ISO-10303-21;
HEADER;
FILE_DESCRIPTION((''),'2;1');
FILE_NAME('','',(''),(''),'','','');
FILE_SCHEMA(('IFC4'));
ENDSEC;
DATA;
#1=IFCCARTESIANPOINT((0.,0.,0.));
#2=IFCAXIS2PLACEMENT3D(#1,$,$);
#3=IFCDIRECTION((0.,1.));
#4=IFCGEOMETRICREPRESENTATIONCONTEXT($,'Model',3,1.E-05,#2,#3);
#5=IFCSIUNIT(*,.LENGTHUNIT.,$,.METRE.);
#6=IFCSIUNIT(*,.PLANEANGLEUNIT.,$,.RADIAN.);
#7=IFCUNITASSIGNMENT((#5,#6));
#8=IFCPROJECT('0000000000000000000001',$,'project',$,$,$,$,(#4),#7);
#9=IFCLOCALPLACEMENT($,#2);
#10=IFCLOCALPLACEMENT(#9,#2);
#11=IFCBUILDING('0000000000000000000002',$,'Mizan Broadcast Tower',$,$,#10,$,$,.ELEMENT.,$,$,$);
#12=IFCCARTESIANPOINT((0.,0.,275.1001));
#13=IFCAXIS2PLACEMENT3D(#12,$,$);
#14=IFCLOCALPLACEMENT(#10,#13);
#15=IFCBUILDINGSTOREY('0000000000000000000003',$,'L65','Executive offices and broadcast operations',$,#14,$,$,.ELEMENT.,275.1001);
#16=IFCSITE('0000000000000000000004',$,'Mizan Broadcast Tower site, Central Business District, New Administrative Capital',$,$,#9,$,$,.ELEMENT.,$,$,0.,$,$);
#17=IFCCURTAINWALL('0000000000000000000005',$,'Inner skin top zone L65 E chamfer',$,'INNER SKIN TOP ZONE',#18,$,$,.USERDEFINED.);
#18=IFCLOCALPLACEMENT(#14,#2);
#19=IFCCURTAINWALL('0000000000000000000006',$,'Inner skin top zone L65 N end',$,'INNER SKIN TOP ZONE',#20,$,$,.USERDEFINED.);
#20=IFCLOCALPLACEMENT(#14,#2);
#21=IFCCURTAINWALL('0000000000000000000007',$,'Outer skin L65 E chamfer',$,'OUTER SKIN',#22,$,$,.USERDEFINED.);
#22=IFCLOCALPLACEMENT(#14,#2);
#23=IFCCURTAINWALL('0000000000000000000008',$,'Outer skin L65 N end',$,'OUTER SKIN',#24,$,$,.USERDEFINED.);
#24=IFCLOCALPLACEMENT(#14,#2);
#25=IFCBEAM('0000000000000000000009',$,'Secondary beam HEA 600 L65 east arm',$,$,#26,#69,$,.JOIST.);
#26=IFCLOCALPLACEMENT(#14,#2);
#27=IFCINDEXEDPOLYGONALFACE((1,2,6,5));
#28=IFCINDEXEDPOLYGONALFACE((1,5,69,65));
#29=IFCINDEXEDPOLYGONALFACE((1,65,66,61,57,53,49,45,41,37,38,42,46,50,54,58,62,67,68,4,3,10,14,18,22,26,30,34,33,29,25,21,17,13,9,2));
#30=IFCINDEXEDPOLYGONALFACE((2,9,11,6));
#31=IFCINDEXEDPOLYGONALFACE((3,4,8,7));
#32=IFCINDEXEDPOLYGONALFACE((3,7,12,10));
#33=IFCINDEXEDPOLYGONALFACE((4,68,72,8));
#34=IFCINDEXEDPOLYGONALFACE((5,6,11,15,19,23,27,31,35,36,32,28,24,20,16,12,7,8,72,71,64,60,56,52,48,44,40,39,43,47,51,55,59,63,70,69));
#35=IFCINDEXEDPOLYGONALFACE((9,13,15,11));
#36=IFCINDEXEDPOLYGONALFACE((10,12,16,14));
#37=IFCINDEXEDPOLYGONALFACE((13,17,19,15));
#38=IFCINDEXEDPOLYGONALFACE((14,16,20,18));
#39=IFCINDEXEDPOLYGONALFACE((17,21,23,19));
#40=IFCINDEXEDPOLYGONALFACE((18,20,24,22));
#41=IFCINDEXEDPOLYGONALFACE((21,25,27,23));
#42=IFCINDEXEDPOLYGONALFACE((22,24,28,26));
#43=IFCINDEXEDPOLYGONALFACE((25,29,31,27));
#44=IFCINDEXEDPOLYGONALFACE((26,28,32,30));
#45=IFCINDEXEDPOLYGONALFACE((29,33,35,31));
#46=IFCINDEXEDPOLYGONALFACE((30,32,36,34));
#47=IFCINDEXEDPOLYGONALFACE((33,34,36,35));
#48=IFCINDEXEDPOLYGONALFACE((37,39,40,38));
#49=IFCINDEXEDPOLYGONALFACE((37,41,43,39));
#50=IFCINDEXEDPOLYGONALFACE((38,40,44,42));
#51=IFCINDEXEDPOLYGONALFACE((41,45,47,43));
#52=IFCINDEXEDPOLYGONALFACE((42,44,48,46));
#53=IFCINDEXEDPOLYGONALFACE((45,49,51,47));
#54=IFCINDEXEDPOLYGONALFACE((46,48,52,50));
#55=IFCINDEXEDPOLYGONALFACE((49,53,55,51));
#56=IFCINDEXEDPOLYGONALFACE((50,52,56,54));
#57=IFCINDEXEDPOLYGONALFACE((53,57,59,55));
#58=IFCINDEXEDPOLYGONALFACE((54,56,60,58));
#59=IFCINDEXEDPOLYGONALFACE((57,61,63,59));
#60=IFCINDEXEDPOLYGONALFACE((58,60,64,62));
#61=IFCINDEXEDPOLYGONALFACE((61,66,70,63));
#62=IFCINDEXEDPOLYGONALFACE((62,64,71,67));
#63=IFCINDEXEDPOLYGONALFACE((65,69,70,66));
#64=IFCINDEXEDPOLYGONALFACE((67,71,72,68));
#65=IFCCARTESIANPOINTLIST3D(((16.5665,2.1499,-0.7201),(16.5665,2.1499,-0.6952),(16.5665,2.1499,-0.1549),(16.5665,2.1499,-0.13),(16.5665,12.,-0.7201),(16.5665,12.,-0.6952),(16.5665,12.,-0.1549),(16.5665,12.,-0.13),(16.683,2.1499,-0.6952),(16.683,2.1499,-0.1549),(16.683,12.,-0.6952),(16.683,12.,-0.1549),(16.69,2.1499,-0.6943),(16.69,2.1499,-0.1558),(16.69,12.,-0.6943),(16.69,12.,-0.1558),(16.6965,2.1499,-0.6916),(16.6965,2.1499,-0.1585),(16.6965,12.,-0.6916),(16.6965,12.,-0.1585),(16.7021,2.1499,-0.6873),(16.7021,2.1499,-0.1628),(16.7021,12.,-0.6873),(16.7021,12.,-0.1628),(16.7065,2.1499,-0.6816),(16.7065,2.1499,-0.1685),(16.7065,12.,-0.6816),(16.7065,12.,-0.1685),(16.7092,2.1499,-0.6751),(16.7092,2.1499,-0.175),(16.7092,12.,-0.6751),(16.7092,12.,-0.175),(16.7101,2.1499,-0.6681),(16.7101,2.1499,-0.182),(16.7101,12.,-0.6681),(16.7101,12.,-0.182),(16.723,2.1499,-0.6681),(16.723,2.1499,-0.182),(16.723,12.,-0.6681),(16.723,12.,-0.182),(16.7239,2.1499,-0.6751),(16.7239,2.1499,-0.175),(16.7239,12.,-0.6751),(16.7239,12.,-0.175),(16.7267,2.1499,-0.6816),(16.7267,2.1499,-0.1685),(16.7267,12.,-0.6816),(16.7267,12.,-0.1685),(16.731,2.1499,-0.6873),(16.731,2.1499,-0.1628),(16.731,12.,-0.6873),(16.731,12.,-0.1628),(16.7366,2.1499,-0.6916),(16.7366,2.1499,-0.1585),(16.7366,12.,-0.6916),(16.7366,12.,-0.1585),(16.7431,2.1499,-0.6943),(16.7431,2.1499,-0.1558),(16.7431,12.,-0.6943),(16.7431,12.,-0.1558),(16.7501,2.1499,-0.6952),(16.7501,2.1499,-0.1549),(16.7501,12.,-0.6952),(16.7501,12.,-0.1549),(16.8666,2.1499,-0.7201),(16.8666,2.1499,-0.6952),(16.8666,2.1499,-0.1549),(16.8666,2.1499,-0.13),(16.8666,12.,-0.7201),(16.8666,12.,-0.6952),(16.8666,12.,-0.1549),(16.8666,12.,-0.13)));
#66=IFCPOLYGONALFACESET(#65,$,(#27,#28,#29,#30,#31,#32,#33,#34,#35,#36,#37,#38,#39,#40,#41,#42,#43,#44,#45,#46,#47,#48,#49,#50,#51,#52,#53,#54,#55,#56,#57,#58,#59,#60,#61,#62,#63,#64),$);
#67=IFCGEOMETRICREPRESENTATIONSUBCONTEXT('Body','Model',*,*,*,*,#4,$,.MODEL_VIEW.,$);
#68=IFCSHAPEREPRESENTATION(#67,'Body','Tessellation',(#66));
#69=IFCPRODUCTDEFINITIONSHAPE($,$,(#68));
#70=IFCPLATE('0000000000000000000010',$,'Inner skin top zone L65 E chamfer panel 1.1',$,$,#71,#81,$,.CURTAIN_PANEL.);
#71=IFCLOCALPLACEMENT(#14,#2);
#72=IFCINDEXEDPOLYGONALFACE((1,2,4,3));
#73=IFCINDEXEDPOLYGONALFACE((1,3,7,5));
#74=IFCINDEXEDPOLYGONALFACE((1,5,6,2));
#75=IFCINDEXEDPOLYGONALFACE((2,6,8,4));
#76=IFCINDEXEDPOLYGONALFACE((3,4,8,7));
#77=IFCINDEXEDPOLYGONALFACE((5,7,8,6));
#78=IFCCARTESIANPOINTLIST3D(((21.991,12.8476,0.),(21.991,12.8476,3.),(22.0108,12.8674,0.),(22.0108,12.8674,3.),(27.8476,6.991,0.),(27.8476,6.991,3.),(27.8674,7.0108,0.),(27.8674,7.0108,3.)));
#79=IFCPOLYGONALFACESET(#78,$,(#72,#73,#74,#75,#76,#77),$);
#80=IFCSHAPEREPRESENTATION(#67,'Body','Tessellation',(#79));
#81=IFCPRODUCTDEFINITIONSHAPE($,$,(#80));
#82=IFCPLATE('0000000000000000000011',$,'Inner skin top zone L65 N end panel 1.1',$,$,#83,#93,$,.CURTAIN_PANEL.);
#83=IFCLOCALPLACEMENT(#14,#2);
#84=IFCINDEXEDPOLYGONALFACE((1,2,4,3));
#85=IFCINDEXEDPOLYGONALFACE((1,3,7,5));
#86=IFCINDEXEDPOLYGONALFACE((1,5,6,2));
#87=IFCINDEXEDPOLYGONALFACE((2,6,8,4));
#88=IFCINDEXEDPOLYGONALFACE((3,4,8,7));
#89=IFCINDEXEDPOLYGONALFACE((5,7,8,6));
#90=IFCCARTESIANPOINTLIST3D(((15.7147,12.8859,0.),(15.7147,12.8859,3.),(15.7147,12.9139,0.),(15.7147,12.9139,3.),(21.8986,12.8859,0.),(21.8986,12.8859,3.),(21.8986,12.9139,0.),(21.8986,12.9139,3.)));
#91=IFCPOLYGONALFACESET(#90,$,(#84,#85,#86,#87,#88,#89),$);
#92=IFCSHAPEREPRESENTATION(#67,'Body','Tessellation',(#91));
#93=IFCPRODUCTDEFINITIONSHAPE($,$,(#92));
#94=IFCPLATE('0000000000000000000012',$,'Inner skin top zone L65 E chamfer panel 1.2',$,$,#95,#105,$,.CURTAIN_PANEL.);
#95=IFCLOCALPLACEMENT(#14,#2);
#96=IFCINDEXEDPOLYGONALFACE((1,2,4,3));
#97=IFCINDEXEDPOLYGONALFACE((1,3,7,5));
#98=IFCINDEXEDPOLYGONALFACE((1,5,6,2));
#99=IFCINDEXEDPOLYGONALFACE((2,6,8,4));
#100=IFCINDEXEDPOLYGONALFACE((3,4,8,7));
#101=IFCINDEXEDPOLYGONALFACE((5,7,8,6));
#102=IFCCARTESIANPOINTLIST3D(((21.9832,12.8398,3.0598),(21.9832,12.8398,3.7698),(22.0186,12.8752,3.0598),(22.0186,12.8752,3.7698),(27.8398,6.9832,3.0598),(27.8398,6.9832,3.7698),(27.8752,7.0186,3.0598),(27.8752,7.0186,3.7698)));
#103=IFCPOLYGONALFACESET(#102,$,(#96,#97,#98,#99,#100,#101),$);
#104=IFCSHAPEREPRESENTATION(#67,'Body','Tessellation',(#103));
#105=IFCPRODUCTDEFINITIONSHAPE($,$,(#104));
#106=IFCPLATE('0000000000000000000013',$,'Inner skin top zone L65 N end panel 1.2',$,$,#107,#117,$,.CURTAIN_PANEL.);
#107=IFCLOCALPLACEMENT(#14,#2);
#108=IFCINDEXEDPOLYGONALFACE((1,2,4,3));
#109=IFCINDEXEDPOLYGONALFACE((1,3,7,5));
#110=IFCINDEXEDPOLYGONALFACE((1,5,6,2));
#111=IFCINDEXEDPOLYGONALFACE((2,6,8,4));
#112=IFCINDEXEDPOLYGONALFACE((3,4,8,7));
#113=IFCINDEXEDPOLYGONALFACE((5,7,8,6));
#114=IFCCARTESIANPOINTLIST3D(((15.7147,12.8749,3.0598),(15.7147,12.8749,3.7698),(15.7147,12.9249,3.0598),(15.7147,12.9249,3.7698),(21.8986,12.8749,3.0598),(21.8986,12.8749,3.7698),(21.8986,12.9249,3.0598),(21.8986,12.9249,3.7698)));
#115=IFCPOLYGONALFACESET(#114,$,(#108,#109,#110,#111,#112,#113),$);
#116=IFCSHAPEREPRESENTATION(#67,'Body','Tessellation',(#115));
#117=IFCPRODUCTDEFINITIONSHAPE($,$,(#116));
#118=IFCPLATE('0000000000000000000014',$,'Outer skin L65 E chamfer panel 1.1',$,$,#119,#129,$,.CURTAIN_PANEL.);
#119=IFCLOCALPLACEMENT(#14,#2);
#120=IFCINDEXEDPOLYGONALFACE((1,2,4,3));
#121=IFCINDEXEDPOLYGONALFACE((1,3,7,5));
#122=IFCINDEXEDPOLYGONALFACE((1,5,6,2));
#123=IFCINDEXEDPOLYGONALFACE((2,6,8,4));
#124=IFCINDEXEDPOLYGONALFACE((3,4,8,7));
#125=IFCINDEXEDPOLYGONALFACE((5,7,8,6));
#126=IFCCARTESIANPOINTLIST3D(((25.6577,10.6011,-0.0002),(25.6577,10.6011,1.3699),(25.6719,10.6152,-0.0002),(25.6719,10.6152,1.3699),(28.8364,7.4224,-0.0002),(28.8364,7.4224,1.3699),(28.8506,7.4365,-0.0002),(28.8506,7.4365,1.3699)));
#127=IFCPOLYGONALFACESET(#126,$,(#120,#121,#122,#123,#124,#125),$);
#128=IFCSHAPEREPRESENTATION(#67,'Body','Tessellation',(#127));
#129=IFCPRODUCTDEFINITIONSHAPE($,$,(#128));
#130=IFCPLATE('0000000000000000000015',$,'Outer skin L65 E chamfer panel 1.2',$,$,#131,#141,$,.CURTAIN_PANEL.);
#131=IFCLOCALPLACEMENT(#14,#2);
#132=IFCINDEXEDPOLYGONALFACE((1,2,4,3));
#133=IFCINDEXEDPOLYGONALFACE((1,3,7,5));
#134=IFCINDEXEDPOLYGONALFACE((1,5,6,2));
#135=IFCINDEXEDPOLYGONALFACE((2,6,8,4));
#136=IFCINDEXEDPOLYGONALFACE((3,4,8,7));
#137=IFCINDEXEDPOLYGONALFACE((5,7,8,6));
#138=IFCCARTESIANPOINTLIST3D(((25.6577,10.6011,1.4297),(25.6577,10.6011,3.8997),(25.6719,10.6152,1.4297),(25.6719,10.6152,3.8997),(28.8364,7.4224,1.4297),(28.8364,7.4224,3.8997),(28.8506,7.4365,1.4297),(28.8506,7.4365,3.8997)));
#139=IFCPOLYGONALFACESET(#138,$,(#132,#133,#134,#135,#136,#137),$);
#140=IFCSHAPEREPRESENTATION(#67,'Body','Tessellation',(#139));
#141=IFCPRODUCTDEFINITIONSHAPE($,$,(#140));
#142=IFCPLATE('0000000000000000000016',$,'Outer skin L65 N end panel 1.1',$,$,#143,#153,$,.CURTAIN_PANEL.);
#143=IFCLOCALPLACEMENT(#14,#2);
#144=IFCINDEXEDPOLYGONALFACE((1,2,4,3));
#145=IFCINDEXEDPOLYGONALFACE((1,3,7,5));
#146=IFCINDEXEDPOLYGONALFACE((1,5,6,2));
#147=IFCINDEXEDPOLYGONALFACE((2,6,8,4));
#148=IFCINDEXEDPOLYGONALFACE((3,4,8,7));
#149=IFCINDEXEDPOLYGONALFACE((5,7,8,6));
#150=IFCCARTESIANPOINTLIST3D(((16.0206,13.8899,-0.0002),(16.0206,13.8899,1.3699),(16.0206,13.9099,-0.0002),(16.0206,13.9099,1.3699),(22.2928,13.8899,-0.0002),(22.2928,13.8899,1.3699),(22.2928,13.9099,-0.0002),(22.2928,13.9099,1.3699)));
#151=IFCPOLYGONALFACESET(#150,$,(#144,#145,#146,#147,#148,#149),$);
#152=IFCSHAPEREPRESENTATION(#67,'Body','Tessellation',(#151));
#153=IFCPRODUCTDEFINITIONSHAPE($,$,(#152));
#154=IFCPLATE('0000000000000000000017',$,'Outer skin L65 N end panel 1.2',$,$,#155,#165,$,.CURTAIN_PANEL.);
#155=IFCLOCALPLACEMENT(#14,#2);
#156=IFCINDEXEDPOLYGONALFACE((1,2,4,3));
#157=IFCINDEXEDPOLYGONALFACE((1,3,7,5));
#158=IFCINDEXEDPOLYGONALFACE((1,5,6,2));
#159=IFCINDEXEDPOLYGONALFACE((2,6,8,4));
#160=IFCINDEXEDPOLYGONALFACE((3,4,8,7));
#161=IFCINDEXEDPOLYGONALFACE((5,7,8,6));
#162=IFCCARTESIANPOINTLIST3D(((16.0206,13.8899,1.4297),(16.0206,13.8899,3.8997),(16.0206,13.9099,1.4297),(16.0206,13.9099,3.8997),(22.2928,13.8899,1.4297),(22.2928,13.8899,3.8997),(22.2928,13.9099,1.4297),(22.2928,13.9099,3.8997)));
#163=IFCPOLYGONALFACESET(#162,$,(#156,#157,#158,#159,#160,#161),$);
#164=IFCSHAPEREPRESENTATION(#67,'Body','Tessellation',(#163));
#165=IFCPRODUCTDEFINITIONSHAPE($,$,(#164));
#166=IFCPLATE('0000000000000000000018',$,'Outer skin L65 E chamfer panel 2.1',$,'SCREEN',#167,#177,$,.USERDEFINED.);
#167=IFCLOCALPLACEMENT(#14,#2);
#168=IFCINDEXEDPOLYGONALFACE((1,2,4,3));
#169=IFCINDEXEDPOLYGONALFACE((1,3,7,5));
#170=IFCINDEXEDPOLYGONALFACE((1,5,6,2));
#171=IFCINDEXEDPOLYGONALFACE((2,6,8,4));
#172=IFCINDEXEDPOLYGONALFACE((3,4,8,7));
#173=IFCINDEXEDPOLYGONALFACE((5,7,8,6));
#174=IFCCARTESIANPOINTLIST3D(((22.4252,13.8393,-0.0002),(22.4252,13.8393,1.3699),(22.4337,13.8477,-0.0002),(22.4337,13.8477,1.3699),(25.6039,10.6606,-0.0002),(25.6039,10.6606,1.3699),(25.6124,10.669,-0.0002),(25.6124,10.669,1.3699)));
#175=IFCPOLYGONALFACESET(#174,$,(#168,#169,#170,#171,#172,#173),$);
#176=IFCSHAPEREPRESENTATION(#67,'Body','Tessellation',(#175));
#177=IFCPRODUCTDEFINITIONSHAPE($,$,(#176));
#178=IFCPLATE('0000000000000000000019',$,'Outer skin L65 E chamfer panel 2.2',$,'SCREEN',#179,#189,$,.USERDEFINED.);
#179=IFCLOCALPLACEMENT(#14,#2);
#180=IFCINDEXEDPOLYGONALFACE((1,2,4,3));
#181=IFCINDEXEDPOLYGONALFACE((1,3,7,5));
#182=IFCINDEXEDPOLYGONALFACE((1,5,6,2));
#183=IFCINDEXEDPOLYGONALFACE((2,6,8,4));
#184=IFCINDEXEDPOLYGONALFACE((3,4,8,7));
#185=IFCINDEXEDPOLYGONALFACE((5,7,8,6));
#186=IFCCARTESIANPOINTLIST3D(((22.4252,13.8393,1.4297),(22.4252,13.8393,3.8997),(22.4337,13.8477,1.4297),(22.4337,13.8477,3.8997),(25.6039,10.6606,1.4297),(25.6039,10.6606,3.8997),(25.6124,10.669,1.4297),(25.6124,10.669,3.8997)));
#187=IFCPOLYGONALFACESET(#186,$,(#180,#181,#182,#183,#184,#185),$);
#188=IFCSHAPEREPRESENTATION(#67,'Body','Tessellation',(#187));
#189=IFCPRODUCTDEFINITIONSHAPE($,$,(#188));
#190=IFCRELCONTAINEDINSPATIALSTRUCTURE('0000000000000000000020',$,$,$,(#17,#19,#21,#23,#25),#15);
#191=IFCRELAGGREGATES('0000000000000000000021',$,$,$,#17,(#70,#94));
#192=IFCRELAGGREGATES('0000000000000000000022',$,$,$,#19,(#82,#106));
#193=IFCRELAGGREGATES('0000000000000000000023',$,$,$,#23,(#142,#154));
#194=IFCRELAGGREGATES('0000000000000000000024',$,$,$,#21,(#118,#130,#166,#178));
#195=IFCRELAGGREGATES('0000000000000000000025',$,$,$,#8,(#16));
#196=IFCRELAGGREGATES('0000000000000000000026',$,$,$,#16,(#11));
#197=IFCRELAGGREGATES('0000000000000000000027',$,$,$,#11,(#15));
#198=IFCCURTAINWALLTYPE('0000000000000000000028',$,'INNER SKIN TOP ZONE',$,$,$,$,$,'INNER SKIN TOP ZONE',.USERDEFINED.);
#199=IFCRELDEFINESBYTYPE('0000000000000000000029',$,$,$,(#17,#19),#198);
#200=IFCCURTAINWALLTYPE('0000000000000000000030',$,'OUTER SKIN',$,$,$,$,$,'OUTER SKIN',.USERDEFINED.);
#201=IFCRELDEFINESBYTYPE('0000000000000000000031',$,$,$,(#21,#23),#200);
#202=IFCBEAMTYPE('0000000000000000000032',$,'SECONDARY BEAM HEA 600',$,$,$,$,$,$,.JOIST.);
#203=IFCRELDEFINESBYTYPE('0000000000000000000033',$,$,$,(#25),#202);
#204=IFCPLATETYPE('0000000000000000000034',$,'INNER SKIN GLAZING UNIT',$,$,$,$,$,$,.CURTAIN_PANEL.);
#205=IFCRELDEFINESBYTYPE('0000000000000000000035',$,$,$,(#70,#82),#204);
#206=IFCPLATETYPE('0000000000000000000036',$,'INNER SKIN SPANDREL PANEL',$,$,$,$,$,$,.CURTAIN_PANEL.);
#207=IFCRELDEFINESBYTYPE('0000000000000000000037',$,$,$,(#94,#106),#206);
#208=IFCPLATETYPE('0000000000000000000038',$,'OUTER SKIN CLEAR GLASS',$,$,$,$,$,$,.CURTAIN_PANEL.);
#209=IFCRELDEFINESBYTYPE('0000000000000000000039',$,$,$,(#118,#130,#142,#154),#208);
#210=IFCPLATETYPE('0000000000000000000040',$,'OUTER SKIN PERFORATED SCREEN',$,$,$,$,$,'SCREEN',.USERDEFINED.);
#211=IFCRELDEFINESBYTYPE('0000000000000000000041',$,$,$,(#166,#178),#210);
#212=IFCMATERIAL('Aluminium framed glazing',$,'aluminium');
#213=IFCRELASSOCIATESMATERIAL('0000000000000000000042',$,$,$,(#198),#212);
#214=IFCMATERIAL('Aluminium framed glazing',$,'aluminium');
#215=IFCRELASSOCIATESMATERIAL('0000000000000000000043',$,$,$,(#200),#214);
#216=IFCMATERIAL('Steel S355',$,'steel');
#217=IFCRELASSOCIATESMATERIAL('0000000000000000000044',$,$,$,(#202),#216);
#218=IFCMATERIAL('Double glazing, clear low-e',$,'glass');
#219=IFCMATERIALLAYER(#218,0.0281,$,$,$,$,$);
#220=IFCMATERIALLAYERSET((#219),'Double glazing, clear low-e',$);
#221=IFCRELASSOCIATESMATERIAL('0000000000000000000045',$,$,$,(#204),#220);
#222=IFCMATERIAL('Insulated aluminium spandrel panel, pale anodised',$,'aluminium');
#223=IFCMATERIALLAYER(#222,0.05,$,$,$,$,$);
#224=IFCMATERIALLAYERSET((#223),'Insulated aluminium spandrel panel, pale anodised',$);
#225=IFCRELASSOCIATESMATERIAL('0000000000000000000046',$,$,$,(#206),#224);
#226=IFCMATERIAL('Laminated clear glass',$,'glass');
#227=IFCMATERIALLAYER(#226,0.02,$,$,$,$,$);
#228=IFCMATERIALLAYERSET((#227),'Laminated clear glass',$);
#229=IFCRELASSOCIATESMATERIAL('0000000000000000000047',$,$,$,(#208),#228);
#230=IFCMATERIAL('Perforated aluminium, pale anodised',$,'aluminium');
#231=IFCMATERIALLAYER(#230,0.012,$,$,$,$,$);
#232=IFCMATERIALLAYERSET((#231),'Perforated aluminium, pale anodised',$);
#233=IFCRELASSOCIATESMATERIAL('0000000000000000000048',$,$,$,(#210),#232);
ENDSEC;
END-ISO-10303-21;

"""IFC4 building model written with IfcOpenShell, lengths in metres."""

from ifc_helpers import new_model, si_unit, direction, frame, origin, origin_2d, place, context, subcontext, project, spatial, rectangle, i_section, extrude, material, layer, layer_set, material_profile, profile_set, type_object, element, aggregate, save


model = new_model("IFC4")

# Units and contexts
model_context = context("Model", 3, precision=1e-05, world=origin(), true_north=direction((0.0, 1.0)))
body_context = subcontext(model_context, "Body", "Model", "MODEL_VIEW")
ifc_project = project(units=[si_unit("LENGTHUNIT", "METRE"), si_unit("PLANEANGLEUNIT", "RADIAN")], contexts=[model_context])

# Site, building, storey
site_placement = place(None, origin())
site = spatial("IfcSite", under=ifc_project, at=site_placement, Name="Mizan Broadcast Tower site, Central Business District, New Administrative Capital", CompositionType="ELEMENT", RefElevation=0.0)
building_placement = place(site_placement, origin())
building = spatial("IfcBuilding", under=site, at=building_placement, Name="Mizan Broadcast Tower", CompositionType="ELEMENT")
storey_placement = place(building_placement, frame((0.0, 0.0, 275.1001)))
storey = spatial("IfcBuildingStorey", under=building, at=storey_placement, Name="L65", Description="Executive offices and broadcast operations", CompositionType="ELEMENT", Elevation=275.1001)

# Curtain wall
ifc_material_1 = material(Name="Aluminium framed glazing", Category="aluminium")
curtain_wall_type_1 = type_object("IfcCurtainWallType", Name="INNER SKIN TOP ZONE", ElementType="INNER SKIN TOP ZONE", PredefinedType="USERDEFINED", material=ifc_material_1)
curtain_wall_1_placement = place(storey_placement, origin())
curtain_wall_1 = element("IfcCurtainWall", 1, at=curtain_wall_1_placement, inside=storey, type_object=curtain_wall_type_1, Name="Inner skin top zone L65 E chamfer", ObjectType="INNER SKIN TOP ZONE", PredefinedType="USERDEFINED")

# Curtain walls
curtain_wall_2_placement = place(storey_placement, origin())
curtain_wall_2 = element("IfcCurtainWall", 2, at=curtain_wall_2_placement, inside=storey, type_object=curtain_wall_type_1, Name="Inner skin top zone L65 N end", ObjectType="INNER SKIN TOP ZONE", PredefinedType="USERDEFINED")
ifc_material_2 = material(Name="Aluminium framed glazing", Category="aluminium")
curtain_wall_type_2 = type_object("IfcCurtainWallType", Name="OUTER SKIN", ElementType="OUTER SKIN", PredefinedType="USERDEFINED", material=ifc_material_2)
curtain_wall_3_placement = place(storey_placement, origin())
curtain_wall_3 = element("IfcCurtainWall", 3, at=curtain_wall_3_placement, inside=storey, type_object=curtain_wall_type_2, Name="Outer skin L65 E chamfer", ObjectType="OUTER SKIN", PredefinedType="USERDEFINED")

# Curtain wall
curtain_wall_4_placement = place(storey_placement, origin())
curtain_wall_4 = element("IfcCurtainWall", 4, at=curtain_wall_4_placement, inside=storey, type_object=curtain_wall_type_2, Name="Outer skin L65 N end", ObjectType="OUTER SKIN", PredefinedType="USERDEFINED")

# Beam
ifc_material_3 = material(Name="Steel S355", Category="steel")
ifc_material_profile_1 = material_profile(ifc_material_3, i_section(OverallWidth=0.3, OverallDepth=0.5901, WebThickness=0.0129, FlangeThickness=0.0249, FilletRadius=0.0271, at=origin_2d()), Name="HEA 600")
ifc_profile_set_1 = profile_set([ifc_material_profile_1], Name="Steel S355")
beam_type_1 = type_object("IfcBeamType", Name="SECONDARY BEAM HEA 600", PredefinedType="JOIST", material=ifc_profile_set_1)
beam_1_placement = place(storey_placement, frame((16.7166, 12.0, -0.425), z_axis=(0.0, -1.0, 0.0), x_axis=(1.0, 0.0, 0.0)))
element("IfcBeam", 5, at=beam_1_placement, inside=storey, type_object=beam_type_1, Name="Secondary beam HEA 600 L65 east arm", PredefinedType="JOIST", context=body_context, shape_type="SweptSolid", body=[
    extrude(i_section(OverallWidth=0.3, OverallDepth=0.5901, WebThickness=0.0129, FlangeThickness=0.0249, FilletRadius=0.0271, at=origin_2d()), origin(), (0.0, 0.0, 1.0), 9.8501),
])

# Plates
ifc_material_4 = material(Name="Double glazing, clear low-e", Category="glass")
ifc_layer_1 = layer(ifc_material_4, 0.0281)
ifc_layer_set_1 = layer_set([ifc_layer_1], Name="Double glazing, clear low-e")
plate_type_1 = type_object("IfcPlateType", Name="INNER SKIN GLAZING UNIT", PredefinedType="CURTAIN_PANEL", material=ifc_layer_set_1)
plate_1_placement = place(storey_placement, frame((24.9292, 9.9292, 0.0), z_axis=(0.0, 0.0, 1.0), x_axis=(-0.707107, 0.707107, 0.0)))
plate_1 = element("IfcPlate", 6, at=plate_1_placement, type_object=plate_type_1, Name="Inner skin top zone L65 E chamfer panel 1.1", PredefinedType="CURTAIN_PANEL", context=body_context, shape_type="SweptSolid", body=[
    extrude(rectangle(XDim=8.2825, YDim=0.0281, at=origin_2d()), origin(), (0.0, 0.0, 1.0), 3.0),
])
plate_2_placement = place(storey_placement, frame((18.8066, 12.8999, 0.0), z_axis=(0.0, 0.0, 1.0), x_axis=(-1.0, 0.0, 0.0)))
plate_2 = element("IfcPlate", 7, at=plate_2_placement, type_object=plate_type_1, Name="Inner skin top zone L65 N end panel 1.1", PredefinedType="CURTAIN_PANEL", context=body_context, shape_type="SweptSolid", body=[
    extrude(rectangle(XDim=6.1838, YDim=0.0281, at=origin_2d()), origin(), (0.0, 0.0, 1.0), 3.0),
])
ifc_material_5 = material(Name="Insulated aluminium spandrel panel, pale anodised", Category="aluminium")
ifc_layer_2 = layer(ifc_material_5, 0.05)
ifc_layer_set_2 = layer_set([ifc_layer_2], Name="Insulated aluminium spandrel panel, pale anodised")
plate_type_2 = type_object("IfcPlateType", Name="INNER SKIN SPANDREL PANEL", PredefinedType="CURTAIN_PANEL", material=ifc_layer_set_2)
plate_3_placement = place(storey_placement, frame((24.9292, 9.9292, 3.0598), z_axis=(0.0, 0.0, 1.0), x_axis=(-0.707107, 0.707107, 0.0)))
plate_3 = element("IfcPlate", 8, at=plate_3_placement, type_object=plate_type_2, Name="Inner skin top zone L65 E chamfer panel 1.2", PredefinedType="CURTAIN_PANEL", context=body_context, shape_type="SweptSolid", body=[
    extrude(rectangle(XDim=8.2825, YDim=0.05, at=origin_2d()), origin(), (0.0, 0.0, 1.0), 0.71),
])
aggregate(curtain_wall_1, [plate_1, plate_3])
plate_4_placement = place(storey_placement, frame((18.8066, 12.8999, 3.0598), z_axis=(0.0, 0.0, 1.0), x_axis=(-1.0, 0.0, 0.0)))
plate_4 = element("IfcPlate", 9, at=plate_4_placement, type_object=plate_type_2, Name="Inner skin top zone L65 N end panel 1.2", PredefinedType="CURTAIN_PANEL", context=body_context, shape_type="SweptSolid", body=[
    extrude(rectangle(XDim=6.1838, YDim=0.05, at=origin_2d()), origin(), (0.0, 0.0, 1.0), 0.71),
])
aggregate(curtain_wall_2, [plate_2, plate_4])
ifc_material_6 = material(Name="Laminated clear glass", Category="glass")
ifc_layer_3 = layer(ifc_material_6, 0.02)
ifc_layer_set_3 = layer_set([ifc_layer_3], Name="Laminated clear glass")
plate_type_3 = type_object("IfcPlateType", Name="OUTER SKIN CLEAR GLASS", PredefinedType="CURTAIN_PANEL", material=ifc_layer_set_3)
plate_5_placement = place(storey_placement, frame((27.2542, 9.0188, -0.0002), z_axis=(0.0, 0.0, 1.0), x_axis=(-0.707107, 0.707107, 0.0)))
plate_5 = element("IfcPlate", 10, at=plate_5_placement, type_object=plate_type_3, Name="Outer skin L65 E chamfer panel 1.1", PredefinedType="CURTAIN_PANEL", context=body_context, shape_type="SweptSolid", body=[
    extrude(rectangle(XDim=4.4954, YDim=0.02, at=origin_2d()), origin(), (0.0, 0.0, 1.0), 1.3701),
])
plate_6_placement = place(storey_placement, frame((27.2542, 9.0188, 1.4297), z_axis=(0.0, 0.0, 1.0), x_axis=(-0.707107, 0.707107, 0.0)))
plate_6 = element("IfcPlate", 11, at=plate_6_placement, type_object=plate_type_3, Name="Outer skin L65 E chamfer panel 1.2", PredefinedType="CURTAIN_PANEL", context=body_context, shape_type="SweptSolid", body=[
    extrude(rectangle(XDim=4.4954, YDim=0.02, at=origin_2d()), origin(), (0.0, 0.0, 1.0), 2.47),
])
plate_7_placement = place(storey_placement, frame((19.1567, 13.8999, -0.0002), z_axis=(0.0, 0.0, 1.0), x_axis=(-1.0, 0.0, 0.0)))
plate_7 = element("IfcPlate", 12, at=plate_7_placement, type_object=plate_type_3, Name="Outer skin L65 N end panel 1.1", PredefinedType="CURTAIN_PANEL", context=body_context, shape_type="SweptSolid", body=[
    extrude(rectangle(XDim=6.2722, YDim=0.02, at=origin_2d()), origin(), (0.0, 0.0, 1.0), 1.3701),
])
plate_8_placement = place(storey_placement, frame((19.1567, 13.8999, 1.4297), z_axis=(0.0, 0.0, 1.0), x_axis=(-1.0, 0.0, 0.0)))
plate_8 = element("IfcPlate", 13, at=plate_8_placement, type_object=plate_type_3, Name="Outer skin L65 N end panel 1.2", PredefinedType="CURTAIN_PANEL", context=body_context, shape_type="SweptSolid", body=[
    extrude(rectangle(XDim=6.2722, YDim=0.02, at=origin_2d()), origin(), (0.0, 0.0, 1.0), 2.47),
])
aggregate(curtain_wall_4, [plate_7, plate_8])
ifc_material_7 = material(Name="Perforated aluminium, pale anodised", Category="aluminium")
ifc_layer_4 = layer(ifc_material_7, 0.012)
ifc_layer_set_4 = layer_set([ifc_layer_4], Name="Perforated aluminium, pale anodised")
plate_type_4 = type_object("IfcPlateType", Name="OUTER SKIN PERFORATED SCREEN", ElementType="SCREEN", PredefinedType="USERDEFINED", material=ifc_layer_set_4)
plate_9_placement = place(storey_placement, frame((24.0188, 12.2542, -0.0002), z_axis=(0.0, 0.0, 1.0), x_axis=(-0.707107, 0.707107, 0.0)))
plate_9 = element("IfcPlate", 14, at=plate_9_placement, type_object=plate_type_4, Name="Outer skin L65 E chamfer panel 2.1", ObjectType="SCREEN", PredefinedType="USERDEFINED", context=body_context, shape_type="SweptSolid", body=[
    extrude(rectangle(XDim=4.4954, YDim=0.012, at=origin_2d()), origin(), (0.0, 0.0, 1.0), 1.3701),
])
plate_10_placement = place(storey_placement, frame((24.0188, 12.2542, 1.4297), z_axis=(0.0, 0.0, 1.0), x_axis=(-0.707107, 0.707107, 0.0)))
plate_10 = element("IfcPlate", 15, at=plate_10_placement, type_object=plate_type_4, Name="Outer skin L65 E chamfer panel 2.2", ObjectType="SCREEN", PredefinedType="USERDEFINED", context=body_context, shape_type="SweptSolid", body=[
    extrude(rectangle(XDim=4.4954, YDim=0.012, at=origin_2d()), origin(), (0.0, 0.0, 1.0), 2.47),
])
aggregate(curtain_wall_3, [plate_5, plate_6, plate_9, plate_10])

save(model, "model.ifc")
